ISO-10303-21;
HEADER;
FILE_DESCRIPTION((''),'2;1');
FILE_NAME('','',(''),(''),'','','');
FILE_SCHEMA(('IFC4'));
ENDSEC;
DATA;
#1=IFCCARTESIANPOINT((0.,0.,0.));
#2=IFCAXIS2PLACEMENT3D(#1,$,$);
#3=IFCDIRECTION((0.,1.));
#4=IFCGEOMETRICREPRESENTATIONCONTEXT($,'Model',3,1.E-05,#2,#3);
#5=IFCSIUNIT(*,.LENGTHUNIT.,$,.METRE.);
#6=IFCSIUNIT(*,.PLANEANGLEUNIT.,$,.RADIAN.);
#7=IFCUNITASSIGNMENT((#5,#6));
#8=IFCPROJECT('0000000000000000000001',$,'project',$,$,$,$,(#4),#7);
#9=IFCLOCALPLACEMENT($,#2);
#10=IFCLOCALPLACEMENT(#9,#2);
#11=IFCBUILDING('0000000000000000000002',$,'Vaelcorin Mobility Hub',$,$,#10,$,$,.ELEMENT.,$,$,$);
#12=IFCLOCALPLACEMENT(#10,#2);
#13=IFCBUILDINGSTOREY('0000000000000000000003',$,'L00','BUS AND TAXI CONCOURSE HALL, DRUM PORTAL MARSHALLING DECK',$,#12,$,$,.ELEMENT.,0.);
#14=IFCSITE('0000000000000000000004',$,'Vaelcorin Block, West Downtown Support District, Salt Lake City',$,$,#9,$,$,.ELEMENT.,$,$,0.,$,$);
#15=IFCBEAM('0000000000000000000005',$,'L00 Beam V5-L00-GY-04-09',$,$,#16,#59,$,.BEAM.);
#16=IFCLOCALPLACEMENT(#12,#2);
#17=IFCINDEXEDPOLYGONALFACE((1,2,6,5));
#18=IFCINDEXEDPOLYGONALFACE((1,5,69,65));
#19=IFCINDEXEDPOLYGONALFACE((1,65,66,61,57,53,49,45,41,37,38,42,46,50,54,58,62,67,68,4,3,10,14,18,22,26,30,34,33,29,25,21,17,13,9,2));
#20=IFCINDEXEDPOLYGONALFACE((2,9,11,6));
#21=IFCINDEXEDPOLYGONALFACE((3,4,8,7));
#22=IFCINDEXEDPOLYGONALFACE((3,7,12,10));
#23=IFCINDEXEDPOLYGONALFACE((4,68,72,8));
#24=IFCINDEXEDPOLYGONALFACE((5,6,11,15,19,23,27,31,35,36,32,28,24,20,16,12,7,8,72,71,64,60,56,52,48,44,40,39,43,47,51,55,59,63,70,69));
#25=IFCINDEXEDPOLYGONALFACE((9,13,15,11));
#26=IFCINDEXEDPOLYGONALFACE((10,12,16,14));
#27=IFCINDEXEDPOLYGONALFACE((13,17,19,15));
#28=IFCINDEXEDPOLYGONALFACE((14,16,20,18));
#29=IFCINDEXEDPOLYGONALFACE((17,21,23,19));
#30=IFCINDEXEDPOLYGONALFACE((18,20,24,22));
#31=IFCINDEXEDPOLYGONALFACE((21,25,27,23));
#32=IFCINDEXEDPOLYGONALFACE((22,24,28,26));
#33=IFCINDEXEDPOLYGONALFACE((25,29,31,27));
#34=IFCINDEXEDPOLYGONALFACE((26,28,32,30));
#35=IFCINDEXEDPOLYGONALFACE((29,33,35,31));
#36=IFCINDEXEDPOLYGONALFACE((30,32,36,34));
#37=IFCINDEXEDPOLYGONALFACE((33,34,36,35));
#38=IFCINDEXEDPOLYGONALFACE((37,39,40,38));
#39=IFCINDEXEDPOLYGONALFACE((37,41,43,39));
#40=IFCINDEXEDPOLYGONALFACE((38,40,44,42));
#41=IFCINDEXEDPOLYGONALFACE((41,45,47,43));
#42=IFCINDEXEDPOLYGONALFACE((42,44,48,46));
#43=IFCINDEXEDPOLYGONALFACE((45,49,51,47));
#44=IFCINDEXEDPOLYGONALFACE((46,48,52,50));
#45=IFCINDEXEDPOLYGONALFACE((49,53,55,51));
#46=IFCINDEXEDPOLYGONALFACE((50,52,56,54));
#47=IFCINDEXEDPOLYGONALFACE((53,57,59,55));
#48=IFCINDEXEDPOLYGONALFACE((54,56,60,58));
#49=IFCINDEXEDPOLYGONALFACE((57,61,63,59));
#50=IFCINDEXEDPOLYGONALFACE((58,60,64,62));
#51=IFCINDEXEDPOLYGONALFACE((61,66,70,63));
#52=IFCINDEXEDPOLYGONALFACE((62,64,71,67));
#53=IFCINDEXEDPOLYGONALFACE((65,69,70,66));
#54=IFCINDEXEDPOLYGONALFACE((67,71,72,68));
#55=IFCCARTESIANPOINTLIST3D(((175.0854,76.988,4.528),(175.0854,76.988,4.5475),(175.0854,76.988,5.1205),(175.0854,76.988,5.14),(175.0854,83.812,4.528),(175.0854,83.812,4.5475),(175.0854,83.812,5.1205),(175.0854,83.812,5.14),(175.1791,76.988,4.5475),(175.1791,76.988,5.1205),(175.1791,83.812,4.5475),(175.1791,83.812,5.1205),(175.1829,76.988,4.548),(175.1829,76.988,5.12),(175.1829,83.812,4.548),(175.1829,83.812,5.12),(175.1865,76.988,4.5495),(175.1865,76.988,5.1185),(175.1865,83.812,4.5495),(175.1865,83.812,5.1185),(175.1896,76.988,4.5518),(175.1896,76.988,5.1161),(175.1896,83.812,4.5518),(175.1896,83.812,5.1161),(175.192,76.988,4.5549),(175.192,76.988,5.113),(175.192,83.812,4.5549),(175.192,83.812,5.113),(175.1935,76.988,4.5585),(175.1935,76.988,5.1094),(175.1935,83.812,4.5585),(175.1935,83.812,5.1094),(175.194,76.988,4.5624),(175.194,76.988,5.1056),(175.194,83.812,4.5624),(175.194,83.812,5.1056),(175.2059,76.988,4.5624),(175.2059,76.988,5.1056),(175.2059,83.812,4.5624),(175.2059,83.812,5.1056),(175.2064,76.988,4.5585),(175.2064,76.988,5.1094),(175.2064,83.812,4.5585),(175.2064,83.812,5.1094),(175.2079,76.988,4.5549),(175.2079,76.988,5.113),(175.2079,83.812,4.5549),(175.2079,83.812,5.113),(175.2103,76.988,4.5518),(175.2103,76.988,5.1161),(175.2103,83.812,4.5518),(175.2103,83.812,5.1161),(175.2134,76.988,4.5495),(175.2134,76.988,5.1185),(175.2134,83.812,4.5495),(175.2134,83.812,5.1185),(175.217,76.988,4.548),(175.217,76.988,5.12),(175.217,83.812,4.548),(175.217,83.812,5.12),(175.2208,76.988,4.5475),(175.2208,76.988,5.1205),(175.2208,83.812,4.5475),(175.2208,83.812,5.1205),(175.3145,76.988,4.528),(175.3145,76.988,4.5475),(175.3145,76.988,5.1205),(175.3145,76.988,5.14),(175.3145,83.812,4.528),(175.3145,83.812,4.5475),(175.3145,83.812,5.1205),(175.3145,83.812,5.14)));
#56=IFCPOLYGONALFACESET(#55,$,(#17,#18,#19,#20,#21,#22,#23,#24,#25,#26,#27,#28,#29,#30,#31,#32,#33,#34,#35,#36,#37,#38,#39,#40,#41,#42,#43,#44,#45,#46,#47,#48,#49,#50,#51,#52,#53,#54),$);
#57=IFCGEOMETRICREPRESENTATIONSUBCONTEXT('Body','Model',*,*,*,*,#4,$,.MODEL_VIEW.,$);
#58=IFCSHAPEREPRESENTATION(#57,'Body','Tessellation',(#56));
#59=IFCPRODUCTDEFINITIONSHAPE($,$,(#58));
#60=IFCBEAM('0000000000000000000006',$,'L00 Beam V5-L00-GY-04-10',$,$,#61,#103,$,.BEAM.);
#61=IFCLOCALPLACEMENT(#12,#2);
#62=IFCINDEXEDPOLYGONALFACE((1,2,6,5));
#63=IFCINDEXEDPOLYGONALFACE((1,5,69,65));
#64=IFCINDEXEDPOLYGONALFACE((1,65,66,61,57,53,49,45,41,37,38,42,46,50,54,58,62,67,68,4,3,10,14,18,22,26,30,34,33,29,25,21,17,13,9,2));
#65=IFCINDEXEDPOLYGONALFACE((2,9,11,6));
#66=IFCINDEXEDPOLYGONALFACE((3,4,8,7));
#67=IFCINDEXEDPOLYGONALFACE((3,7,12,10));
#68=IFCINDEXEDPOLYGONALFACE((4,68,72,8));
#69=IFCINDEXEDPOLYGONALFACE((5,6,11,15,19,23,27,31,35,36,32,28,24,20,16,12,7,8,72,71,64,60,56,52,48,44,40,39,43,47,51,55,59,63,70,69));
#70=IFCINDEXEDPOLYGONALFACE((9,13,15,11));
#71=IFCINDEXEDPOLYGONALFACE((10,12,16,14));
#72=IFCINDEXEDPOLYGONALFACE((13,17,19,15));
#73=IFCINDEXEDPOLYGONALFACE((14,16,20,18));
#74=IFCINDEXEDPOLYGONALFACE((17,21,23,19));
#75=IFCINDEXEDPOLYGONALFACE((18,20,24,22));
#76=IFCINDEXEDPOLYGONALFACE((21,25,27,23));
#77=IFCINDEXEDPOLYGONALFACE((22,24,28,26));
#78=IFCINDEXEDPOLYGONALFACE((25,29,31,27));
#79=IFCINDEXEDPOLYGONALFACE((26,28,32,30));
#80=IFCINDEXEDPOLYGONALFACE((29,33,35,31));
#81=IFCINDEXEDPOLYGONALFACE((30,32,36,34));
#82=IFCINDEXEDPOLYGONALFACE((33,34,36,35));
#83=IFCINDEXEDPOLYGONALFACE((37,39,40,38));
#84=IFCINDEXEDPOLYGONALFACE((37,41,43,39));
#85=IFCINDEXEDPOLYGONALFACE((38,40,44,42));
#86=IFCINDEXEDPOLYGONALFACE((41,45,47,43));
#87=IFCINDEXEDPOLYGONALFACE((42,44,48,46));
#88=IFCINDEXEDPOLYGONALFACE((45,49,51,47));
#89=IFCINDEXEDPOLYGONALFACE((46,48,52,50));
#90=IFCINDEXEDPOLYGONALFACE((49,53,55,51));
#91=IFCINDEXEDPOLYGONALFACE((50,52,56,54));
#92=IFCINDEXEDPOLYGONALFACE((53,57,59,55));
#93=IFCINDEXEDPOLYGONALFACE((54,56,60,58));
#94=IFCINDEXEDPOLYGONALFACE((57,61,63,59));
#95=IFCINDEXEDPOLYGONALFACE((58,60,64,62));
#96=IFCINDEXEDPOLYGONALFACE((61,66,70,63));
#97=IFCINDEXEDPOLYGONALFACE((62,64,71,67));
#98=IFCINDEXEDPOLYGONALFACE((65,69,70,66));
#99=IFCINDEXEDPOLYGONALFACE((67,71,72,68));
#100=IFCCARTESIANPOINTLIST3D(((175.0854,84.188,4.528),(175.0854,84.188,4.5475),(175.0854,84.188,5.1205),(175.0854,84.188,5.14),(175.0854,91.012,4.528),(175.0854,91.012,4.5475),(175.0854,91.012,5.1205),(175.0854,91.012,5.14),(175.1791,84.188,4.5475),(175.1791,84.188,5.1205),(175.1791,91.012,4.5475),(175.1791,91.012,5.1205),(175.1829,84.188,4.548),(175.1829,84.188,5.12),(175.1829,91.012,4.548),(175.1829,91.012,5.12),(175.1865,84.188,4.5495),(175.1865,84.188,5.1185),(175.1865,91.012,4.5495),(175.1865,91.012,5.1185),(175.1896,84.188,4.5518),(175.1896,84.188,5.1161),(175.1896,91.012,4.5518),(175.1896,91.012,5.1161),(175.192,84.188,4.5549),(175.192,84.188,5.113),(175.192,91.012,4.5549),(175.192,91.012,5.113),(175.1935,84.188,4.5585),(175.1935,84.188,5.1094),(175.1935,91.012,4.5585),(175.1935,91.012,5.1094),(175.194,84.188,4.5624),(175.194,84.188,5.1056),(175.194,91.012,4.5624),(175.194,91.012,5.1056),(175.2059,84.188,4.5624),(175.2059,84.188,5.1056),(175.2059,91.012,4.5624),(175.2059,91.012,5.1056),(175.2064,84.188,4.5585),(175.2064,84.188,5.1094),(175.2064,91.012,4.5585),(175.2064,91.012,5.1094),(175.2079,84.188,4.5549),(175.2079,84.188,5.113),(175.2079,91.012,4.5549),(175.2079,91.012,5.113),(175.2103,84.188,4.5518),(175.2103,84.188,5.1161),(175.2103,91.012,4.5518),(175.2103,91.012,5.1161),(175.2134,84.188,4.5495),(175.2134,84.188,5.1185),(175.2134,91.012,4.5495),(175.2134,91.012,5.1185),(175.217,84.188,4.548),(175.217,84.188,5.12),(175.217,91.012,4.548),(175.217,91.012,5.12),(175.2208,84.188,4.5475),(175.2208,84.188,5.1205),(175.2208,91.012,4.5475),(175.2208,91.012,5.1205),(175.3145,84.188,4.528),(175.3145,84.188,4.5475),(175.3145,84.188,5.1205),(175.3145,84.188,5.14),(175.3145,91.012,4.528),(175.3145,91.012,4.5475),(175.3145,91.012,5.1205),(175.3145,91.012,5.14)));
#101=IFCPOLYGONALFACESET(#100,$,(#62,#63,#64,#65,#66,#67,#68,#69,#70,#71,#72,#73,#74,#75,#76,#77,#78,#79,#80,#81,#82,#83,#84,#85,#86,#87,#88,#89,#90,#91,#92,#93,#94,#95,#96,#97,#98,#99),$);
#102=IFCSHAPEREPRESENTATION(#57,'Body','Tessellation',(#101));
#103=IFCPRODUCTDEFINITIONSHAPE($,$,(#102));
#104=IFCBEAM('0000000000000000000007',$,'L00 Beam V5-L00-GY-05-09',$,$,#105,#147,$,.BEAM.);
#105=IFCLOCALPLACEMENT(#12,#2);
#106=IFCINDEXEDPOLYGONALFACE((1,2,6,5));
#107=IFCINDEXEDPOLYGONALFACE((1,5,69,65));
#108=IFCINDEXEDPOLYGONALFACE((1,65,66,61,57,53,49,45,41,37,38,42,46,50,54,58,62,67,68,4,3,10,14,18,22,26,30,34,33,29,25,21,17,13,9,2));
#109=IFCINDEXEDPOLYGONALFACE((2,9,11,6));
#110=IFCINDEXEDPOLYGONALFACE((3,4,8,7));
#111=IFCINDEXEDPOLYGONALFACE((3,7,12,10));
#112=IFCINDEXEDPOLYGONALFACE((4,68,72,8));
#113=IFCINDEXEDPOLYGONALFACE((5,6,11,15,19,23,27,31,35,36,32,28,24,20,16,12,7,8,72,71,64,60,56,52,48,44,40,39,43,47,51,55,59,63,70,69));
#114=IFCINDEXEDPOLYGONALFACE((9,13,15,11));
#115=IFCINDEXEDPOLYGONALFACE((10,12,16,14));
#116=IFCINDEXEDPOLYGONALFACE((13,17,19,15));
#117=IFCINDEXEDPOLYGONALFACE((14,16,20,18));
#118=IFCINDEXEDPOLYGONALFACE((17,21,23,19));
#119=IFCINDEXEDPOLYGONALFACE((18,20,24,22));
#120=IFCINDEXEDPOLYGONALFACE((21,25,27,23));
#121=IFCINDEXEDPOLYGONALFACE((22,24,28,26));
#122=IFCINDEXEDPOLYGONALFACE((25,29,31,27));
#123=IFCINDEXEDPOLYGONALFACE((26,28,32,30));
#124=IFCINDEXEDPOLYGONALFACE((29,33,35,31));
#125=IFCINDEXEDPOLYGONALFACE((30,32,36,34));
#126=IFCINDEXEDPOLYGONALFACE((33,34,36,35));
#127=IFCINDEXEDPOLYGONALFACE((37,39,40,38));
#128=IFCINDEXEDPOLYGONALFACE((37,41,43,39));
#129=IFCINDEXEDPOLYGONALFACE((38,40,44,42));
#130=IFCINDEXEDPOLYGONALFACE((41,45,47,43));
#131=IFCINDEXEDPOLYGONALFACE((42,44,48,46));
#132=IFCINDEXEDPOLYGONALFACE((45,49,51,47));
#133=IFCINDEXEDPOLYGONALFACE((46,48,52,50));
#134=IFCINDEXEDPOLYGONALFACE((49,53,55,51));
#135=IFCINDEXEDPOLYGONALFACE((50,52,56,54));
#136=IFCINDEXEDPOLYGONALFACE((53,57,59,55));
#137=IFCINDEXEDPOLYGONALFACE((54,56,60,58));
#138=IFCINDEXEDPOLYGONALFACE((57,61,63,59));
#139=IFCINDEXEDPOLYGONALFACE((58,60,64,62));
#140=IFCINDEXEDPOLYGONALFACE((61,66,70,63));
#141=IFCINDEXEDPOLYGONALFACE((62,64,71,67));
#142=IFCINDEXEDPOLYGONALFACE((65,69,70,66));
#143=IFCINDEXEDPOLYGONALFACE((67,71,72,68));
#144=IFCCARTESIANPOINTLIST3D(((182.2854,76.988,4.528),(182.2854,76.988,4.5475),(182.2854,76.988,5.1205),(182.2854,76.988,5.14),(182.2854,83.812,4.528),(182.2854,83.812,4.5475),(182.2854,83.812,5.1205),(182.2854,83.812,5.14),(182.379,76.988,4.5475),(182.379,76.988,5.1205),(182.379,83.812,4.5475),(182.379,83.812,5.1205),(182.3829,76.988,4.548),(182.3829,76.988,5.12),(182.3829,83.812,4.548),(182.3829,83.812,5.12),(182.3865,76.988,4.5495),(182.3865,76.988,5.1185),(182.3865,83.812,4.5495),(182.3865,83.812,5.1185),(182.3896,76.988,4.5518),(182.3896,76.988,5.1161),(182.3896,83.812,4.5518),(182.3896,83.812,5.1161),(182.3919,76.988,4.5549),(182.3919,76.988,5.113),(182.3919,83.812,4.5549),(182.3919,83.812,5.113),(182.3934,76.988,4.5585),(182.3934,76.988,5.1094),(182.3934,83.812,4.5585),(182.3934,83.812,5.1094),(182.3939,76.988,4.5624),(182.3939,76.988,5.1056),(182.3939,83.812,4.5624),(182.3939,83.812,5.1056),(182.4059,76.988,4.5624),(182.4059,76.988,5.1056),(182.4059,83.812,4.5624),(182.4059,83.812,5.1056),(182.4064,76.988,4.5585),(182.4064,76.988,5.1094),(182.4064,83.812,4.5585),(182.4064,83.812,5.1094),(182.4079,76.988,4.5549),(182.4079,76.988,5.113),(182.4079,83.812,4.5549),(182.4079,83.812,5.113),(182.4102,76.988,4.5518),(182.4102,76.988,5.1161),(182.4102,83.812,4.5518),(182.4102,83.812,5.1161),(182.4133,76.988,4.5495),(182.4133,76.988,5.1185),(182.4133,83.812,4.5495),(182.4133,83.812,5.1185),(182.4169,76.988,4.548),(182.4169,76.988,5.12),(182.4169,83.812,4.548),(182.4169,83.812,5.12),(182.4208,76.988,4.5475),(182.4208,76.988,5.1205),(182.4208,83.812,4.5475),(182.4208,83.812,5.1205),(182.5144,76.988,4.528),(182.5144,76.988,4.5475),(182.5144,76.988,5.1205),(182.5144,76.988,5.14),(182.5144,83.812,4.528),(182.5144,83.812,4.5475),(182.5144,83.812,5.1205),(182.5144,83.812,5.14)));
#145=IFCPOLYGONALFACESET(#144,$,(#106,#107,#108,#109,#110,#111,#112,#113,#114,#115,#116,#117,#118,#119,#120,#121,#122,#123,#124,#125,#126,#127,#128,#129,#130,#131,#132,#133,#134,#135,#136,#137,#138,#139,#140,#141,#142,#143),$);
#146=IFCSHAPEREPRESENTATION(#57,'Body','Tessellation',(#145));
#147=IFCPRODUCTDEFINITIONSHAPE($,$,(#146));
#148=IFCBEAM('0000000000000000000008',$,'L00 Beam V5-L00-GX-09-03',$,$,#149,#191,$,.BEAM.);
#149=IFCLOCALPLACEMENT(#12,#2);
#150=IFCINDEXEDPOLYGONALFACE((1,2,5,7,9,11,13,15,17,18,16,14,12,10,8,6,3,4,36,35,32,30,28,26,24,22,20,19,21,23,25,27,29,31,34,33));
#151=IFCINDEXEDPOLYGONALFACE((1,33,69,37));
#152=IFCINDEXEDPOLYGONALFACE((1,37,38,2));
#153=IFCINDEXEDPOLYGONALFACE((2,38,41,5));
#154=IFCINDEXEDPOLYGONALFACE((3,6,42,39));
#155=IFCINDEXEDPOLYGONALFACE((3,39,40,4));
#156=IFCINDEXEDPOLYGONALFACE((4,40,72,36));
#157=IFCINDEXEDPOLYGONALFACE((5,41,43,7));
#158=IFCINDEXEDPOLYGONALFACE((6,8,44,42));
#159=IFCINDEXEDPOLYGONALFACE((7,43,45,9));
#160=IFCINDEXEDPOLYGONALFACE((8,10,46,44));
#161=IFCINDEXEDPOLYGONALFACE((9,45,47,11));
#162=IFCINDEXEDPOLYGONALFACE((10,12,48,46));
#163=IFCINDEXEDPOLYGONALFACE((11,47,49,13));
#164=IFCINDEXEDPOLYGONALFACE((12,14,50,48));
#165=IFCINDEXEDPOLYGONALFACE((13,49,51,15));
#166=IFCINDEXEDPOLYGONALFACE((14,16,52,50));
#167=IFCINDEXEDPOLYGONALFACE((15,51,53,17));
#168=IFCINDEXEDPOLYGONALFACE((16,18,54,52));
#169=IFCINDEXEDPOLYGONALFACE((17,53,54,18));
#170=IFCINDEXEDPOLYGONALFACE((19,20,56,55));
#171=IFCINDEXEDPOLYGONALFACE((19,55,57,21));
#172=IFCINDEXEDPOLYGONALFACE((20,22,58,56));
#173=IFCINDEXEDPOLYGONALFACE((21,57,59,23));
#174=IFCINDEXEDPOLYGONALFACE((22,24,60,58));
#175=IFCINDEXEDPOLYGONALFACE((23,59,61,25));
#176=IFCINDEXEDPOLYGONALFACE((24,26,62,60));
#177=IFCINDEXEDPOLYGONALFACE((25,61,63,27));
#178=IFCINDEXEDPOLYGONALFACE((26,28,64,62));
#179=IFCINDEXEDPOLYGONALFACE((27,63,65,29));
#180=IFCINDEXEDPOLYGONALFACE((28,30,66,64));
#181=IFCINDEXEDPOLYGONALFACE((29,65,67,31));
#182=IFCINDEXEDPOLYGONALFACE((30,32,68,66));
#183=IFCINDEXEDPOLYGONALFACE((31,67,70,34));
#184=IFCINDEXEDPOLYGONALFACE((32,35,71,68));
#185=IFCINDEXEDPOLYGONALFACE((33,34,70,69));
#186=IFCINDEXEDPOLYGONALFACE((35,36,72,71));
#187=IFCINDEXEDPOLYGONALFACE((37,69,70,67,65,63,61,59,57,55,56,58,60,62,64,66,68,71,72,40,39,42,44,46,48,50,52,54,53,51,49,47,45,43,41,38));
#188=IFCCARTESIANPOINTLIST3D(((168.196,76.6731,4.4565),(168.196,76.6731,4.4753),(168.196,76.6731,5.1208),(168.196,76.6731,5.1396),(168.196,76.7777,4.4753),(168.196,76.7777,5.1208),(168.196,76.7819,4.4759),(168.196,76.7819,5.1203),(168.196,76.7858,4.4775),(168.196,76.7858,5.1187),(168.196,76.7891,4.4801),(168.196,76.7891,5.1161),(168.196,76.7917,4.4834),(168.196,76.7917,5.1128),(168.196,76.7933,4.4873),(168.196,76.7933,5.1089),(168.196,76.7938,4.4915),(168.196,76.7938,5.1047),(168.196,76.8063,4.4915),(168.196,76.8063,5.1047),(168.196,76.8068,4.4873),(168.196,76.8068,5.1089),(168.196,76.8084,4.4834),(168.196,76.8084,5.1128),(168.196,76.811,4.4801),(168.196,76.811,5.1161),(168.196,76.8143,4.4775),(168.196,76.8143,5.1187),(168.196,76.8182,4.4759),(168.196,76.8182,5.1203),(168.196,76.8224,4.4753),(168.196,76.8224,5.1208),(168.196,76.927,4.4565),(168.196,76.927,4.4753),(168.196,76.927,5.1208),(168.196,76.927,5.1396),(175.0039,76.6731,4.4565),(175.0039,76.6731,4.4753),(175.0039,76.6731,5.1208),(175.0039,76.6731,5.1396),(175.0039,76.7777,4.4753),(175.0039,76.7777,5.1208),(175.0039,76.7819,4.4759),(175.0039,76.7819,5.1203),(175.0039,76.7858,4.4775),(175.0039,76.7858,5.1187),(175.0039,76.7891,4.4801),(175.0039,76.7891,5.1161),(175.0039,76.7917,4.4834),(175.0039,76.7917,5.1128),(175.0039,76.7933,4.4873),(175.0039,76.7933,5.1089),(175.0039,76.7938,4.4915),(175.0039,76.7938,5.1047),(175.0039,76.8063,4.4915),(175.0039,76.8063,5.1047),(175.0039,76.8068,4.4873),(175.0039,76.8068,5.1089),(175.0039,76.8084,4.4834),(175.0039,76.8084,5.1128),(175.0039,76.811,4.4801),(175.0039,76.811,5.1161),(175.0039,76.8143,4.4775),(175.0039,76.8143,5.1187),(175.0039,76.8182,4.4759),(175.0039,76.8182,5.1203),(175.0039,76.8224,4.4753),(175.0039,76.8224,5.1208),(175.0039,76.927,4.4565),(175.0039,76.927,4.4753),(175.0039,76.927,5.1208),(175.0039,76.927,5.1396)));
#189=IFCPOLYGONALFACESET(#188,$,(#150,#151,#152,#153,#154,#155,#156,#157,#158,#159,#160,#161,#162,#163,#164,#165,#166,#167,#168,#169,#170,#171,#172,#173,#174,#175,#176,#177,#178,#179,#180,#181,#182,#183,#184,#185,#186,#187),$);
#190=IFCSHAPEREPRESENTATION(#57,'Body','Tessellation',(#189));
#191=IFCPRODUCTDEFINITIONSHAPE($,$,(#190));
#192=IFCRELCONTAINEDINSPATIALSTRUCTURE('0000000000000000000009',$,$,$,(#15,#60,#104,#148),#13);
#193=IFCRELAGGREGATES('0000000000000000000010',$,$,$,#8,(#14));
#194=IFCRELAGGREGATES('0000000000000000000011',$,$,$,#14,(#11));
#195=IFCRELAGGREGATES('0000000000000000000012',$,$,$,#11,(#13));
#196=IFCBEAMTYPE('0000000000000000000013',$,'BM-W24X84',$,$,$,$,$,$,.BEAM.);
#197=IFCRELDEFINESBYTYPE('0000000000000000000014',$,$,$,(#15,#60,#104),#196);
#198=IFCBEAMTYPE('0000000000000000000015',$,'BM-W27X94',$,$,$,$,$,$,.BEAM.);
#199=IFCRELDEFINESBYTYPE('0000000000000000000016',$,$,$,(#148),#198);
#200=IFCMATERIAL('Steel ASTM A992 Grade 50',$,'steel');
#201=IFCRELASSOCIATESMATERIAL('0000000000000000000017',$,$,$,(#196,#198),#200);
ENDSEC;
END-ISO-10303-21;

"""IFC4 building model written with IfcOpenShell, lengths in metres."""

from ifc_helpers import new_model, si_unit, direction, frame, origin, origin_2d, place, context, subcontext, project, spatial, i_section, extrude, material, material_profile, profile_set, type_object, element, save


model = new_model("IFC4")

# Units and contexts
model_context = context("Model", 3, precision=1e-05, world=origin(), true_north=direction((0.0, 1.0)))
body_context = subcontext(model_context, "Body", "Model", "MODEL_VIEW")
ifc_project = project(units=[si_unit("LENGTHUNIT", "METRE"), si_unit("PLANEANGLEUNIT", "RADIAN")], contexts=[model_context])

# Site, building, storey
site_placement = place(None, origin())
site = spatial("IfcSite", under=ifc_project, at=site_placement, Name="Vaelcorin Block, West Downtown Support District, Salt Lake City", CompositionType="ELEMENT", RefElevation=0.0)
building_placement = place(site_placement, origin())
building = spatial("IfcBuilding", under=site, at=building_placement, Name="Vaelcorin Mobility Hub", CompositionType="ELEMENT")
storey_placement = place(building_placement, origin())
storey = spatial("IfcBuildingStorey", under=building, at=storey_placement, Name="L00", Description="BUS AND TAXI CONCOURSE HALL, DRUM PORTAL MARSHALLING DECK", CompositionType="ELEMENT", Elevation=0.0)

# Shared definitions
ifc_material_1 = material(Name="Steel ASTM A992 Grade 50", Category="steel")

# Beams
ifc_material_profile_1 = material_profile(ifc_material_1, i_section(OverallWidth=0.229, OverallDepth=0.6121, WebThickness=0.012, FlangeThickness=0.0195, FilletRadius=0.0149, at=origin_2d()), Name="W24X84")
ifc_profile_set_1 = profile_set([ifc_material_profile_1], Name="Steel ASTM A992 Grade 50")
beam_type_1 = type_object("IfcBeamType", Name="BM-W24X84", PredefinedType="BEAM", material=ifc_profile_set_1)
for number, where, z_axis, x_axis, name in (
    (1, (175.2, 76.988, 4.834), (0.0, 1.0, 0.0), (-1.0, 0.0, 0.0), "L00 Beam V5-L00-GY-04-09"),
    (2, (175.2, 84.188, 4.834), (0.0, 1.0, 0.0), (-1.0, 0.0, 0.0), "L00 Beam V5-L00-GY-04-10"),
    (3, (182.3999, 76.988, 4.834), (0.0, 1.0, 0.0), (-1.0, 0.0, 0.0), "L00 Beam V5-L00-GY-05-09"),
):
    element("IfcBeam", number, at=place(storey_placement, frame(where, z_axis=z_axis, x_axis=x_axis)), inside=storey, type_object=beam_type_1, Name=name, PredefinedType="BEAM", context=body_context, shape_type="SweptSolid", body=[
        extrude(i_section(OverallWidth=0.229, OverallDepth=0.6121, WebThickness=0.012, FlangeThickness=0.0195, FilletRadius=0.0149, at=origin_2d()), origin(), (0.0, 0.0, 1.0), 6.824),
    ])
ifc_material_profile_2 = material_profile(ifc_material_1, i_section(OverallWidth=0.2539, OverallDepth=0.6831, WebThickness=0.0125, FlangeThickness=0.0188, FilletRadius=0.0161, at=origin_2d()), Name="W27X94")
ifc_profile_set_2 = profile_set([ifc_material_profile_2], Name="Steel ASTM A992 Grade 50")
beam_type_2 = type_object("IfcBeamType", Name="BM-W27X94", PredefinedType="BEAM", material=ifc_profile_set_2)
beam_1_placement = place(storey_placement, frame((168.196, 76.8, 4.7981), z_axis=(1.0, 0.0, 0.0), x_axis=(0.0, 1.0, 0.0)))
element("IfcBeam", 4, at=beam_1_placement, inside=storey, type_object=beam_type_2, Name="L00 Beam V5-L00-GX-09-03", PredefinedType="BEAM", context=body_context, shape_type="SweptSolid", body=[
    extrude(i_section(OverallWidth=0.2539, OverallDepth=0.6831, WebThickness=0.0125, FlangeThickness=0.0188, FilletRadius=0.0161, at=origin_2d()), origin(), (0.0, 0.0, 1.0), 6.8079),
])

save(model, "model.ifc")
